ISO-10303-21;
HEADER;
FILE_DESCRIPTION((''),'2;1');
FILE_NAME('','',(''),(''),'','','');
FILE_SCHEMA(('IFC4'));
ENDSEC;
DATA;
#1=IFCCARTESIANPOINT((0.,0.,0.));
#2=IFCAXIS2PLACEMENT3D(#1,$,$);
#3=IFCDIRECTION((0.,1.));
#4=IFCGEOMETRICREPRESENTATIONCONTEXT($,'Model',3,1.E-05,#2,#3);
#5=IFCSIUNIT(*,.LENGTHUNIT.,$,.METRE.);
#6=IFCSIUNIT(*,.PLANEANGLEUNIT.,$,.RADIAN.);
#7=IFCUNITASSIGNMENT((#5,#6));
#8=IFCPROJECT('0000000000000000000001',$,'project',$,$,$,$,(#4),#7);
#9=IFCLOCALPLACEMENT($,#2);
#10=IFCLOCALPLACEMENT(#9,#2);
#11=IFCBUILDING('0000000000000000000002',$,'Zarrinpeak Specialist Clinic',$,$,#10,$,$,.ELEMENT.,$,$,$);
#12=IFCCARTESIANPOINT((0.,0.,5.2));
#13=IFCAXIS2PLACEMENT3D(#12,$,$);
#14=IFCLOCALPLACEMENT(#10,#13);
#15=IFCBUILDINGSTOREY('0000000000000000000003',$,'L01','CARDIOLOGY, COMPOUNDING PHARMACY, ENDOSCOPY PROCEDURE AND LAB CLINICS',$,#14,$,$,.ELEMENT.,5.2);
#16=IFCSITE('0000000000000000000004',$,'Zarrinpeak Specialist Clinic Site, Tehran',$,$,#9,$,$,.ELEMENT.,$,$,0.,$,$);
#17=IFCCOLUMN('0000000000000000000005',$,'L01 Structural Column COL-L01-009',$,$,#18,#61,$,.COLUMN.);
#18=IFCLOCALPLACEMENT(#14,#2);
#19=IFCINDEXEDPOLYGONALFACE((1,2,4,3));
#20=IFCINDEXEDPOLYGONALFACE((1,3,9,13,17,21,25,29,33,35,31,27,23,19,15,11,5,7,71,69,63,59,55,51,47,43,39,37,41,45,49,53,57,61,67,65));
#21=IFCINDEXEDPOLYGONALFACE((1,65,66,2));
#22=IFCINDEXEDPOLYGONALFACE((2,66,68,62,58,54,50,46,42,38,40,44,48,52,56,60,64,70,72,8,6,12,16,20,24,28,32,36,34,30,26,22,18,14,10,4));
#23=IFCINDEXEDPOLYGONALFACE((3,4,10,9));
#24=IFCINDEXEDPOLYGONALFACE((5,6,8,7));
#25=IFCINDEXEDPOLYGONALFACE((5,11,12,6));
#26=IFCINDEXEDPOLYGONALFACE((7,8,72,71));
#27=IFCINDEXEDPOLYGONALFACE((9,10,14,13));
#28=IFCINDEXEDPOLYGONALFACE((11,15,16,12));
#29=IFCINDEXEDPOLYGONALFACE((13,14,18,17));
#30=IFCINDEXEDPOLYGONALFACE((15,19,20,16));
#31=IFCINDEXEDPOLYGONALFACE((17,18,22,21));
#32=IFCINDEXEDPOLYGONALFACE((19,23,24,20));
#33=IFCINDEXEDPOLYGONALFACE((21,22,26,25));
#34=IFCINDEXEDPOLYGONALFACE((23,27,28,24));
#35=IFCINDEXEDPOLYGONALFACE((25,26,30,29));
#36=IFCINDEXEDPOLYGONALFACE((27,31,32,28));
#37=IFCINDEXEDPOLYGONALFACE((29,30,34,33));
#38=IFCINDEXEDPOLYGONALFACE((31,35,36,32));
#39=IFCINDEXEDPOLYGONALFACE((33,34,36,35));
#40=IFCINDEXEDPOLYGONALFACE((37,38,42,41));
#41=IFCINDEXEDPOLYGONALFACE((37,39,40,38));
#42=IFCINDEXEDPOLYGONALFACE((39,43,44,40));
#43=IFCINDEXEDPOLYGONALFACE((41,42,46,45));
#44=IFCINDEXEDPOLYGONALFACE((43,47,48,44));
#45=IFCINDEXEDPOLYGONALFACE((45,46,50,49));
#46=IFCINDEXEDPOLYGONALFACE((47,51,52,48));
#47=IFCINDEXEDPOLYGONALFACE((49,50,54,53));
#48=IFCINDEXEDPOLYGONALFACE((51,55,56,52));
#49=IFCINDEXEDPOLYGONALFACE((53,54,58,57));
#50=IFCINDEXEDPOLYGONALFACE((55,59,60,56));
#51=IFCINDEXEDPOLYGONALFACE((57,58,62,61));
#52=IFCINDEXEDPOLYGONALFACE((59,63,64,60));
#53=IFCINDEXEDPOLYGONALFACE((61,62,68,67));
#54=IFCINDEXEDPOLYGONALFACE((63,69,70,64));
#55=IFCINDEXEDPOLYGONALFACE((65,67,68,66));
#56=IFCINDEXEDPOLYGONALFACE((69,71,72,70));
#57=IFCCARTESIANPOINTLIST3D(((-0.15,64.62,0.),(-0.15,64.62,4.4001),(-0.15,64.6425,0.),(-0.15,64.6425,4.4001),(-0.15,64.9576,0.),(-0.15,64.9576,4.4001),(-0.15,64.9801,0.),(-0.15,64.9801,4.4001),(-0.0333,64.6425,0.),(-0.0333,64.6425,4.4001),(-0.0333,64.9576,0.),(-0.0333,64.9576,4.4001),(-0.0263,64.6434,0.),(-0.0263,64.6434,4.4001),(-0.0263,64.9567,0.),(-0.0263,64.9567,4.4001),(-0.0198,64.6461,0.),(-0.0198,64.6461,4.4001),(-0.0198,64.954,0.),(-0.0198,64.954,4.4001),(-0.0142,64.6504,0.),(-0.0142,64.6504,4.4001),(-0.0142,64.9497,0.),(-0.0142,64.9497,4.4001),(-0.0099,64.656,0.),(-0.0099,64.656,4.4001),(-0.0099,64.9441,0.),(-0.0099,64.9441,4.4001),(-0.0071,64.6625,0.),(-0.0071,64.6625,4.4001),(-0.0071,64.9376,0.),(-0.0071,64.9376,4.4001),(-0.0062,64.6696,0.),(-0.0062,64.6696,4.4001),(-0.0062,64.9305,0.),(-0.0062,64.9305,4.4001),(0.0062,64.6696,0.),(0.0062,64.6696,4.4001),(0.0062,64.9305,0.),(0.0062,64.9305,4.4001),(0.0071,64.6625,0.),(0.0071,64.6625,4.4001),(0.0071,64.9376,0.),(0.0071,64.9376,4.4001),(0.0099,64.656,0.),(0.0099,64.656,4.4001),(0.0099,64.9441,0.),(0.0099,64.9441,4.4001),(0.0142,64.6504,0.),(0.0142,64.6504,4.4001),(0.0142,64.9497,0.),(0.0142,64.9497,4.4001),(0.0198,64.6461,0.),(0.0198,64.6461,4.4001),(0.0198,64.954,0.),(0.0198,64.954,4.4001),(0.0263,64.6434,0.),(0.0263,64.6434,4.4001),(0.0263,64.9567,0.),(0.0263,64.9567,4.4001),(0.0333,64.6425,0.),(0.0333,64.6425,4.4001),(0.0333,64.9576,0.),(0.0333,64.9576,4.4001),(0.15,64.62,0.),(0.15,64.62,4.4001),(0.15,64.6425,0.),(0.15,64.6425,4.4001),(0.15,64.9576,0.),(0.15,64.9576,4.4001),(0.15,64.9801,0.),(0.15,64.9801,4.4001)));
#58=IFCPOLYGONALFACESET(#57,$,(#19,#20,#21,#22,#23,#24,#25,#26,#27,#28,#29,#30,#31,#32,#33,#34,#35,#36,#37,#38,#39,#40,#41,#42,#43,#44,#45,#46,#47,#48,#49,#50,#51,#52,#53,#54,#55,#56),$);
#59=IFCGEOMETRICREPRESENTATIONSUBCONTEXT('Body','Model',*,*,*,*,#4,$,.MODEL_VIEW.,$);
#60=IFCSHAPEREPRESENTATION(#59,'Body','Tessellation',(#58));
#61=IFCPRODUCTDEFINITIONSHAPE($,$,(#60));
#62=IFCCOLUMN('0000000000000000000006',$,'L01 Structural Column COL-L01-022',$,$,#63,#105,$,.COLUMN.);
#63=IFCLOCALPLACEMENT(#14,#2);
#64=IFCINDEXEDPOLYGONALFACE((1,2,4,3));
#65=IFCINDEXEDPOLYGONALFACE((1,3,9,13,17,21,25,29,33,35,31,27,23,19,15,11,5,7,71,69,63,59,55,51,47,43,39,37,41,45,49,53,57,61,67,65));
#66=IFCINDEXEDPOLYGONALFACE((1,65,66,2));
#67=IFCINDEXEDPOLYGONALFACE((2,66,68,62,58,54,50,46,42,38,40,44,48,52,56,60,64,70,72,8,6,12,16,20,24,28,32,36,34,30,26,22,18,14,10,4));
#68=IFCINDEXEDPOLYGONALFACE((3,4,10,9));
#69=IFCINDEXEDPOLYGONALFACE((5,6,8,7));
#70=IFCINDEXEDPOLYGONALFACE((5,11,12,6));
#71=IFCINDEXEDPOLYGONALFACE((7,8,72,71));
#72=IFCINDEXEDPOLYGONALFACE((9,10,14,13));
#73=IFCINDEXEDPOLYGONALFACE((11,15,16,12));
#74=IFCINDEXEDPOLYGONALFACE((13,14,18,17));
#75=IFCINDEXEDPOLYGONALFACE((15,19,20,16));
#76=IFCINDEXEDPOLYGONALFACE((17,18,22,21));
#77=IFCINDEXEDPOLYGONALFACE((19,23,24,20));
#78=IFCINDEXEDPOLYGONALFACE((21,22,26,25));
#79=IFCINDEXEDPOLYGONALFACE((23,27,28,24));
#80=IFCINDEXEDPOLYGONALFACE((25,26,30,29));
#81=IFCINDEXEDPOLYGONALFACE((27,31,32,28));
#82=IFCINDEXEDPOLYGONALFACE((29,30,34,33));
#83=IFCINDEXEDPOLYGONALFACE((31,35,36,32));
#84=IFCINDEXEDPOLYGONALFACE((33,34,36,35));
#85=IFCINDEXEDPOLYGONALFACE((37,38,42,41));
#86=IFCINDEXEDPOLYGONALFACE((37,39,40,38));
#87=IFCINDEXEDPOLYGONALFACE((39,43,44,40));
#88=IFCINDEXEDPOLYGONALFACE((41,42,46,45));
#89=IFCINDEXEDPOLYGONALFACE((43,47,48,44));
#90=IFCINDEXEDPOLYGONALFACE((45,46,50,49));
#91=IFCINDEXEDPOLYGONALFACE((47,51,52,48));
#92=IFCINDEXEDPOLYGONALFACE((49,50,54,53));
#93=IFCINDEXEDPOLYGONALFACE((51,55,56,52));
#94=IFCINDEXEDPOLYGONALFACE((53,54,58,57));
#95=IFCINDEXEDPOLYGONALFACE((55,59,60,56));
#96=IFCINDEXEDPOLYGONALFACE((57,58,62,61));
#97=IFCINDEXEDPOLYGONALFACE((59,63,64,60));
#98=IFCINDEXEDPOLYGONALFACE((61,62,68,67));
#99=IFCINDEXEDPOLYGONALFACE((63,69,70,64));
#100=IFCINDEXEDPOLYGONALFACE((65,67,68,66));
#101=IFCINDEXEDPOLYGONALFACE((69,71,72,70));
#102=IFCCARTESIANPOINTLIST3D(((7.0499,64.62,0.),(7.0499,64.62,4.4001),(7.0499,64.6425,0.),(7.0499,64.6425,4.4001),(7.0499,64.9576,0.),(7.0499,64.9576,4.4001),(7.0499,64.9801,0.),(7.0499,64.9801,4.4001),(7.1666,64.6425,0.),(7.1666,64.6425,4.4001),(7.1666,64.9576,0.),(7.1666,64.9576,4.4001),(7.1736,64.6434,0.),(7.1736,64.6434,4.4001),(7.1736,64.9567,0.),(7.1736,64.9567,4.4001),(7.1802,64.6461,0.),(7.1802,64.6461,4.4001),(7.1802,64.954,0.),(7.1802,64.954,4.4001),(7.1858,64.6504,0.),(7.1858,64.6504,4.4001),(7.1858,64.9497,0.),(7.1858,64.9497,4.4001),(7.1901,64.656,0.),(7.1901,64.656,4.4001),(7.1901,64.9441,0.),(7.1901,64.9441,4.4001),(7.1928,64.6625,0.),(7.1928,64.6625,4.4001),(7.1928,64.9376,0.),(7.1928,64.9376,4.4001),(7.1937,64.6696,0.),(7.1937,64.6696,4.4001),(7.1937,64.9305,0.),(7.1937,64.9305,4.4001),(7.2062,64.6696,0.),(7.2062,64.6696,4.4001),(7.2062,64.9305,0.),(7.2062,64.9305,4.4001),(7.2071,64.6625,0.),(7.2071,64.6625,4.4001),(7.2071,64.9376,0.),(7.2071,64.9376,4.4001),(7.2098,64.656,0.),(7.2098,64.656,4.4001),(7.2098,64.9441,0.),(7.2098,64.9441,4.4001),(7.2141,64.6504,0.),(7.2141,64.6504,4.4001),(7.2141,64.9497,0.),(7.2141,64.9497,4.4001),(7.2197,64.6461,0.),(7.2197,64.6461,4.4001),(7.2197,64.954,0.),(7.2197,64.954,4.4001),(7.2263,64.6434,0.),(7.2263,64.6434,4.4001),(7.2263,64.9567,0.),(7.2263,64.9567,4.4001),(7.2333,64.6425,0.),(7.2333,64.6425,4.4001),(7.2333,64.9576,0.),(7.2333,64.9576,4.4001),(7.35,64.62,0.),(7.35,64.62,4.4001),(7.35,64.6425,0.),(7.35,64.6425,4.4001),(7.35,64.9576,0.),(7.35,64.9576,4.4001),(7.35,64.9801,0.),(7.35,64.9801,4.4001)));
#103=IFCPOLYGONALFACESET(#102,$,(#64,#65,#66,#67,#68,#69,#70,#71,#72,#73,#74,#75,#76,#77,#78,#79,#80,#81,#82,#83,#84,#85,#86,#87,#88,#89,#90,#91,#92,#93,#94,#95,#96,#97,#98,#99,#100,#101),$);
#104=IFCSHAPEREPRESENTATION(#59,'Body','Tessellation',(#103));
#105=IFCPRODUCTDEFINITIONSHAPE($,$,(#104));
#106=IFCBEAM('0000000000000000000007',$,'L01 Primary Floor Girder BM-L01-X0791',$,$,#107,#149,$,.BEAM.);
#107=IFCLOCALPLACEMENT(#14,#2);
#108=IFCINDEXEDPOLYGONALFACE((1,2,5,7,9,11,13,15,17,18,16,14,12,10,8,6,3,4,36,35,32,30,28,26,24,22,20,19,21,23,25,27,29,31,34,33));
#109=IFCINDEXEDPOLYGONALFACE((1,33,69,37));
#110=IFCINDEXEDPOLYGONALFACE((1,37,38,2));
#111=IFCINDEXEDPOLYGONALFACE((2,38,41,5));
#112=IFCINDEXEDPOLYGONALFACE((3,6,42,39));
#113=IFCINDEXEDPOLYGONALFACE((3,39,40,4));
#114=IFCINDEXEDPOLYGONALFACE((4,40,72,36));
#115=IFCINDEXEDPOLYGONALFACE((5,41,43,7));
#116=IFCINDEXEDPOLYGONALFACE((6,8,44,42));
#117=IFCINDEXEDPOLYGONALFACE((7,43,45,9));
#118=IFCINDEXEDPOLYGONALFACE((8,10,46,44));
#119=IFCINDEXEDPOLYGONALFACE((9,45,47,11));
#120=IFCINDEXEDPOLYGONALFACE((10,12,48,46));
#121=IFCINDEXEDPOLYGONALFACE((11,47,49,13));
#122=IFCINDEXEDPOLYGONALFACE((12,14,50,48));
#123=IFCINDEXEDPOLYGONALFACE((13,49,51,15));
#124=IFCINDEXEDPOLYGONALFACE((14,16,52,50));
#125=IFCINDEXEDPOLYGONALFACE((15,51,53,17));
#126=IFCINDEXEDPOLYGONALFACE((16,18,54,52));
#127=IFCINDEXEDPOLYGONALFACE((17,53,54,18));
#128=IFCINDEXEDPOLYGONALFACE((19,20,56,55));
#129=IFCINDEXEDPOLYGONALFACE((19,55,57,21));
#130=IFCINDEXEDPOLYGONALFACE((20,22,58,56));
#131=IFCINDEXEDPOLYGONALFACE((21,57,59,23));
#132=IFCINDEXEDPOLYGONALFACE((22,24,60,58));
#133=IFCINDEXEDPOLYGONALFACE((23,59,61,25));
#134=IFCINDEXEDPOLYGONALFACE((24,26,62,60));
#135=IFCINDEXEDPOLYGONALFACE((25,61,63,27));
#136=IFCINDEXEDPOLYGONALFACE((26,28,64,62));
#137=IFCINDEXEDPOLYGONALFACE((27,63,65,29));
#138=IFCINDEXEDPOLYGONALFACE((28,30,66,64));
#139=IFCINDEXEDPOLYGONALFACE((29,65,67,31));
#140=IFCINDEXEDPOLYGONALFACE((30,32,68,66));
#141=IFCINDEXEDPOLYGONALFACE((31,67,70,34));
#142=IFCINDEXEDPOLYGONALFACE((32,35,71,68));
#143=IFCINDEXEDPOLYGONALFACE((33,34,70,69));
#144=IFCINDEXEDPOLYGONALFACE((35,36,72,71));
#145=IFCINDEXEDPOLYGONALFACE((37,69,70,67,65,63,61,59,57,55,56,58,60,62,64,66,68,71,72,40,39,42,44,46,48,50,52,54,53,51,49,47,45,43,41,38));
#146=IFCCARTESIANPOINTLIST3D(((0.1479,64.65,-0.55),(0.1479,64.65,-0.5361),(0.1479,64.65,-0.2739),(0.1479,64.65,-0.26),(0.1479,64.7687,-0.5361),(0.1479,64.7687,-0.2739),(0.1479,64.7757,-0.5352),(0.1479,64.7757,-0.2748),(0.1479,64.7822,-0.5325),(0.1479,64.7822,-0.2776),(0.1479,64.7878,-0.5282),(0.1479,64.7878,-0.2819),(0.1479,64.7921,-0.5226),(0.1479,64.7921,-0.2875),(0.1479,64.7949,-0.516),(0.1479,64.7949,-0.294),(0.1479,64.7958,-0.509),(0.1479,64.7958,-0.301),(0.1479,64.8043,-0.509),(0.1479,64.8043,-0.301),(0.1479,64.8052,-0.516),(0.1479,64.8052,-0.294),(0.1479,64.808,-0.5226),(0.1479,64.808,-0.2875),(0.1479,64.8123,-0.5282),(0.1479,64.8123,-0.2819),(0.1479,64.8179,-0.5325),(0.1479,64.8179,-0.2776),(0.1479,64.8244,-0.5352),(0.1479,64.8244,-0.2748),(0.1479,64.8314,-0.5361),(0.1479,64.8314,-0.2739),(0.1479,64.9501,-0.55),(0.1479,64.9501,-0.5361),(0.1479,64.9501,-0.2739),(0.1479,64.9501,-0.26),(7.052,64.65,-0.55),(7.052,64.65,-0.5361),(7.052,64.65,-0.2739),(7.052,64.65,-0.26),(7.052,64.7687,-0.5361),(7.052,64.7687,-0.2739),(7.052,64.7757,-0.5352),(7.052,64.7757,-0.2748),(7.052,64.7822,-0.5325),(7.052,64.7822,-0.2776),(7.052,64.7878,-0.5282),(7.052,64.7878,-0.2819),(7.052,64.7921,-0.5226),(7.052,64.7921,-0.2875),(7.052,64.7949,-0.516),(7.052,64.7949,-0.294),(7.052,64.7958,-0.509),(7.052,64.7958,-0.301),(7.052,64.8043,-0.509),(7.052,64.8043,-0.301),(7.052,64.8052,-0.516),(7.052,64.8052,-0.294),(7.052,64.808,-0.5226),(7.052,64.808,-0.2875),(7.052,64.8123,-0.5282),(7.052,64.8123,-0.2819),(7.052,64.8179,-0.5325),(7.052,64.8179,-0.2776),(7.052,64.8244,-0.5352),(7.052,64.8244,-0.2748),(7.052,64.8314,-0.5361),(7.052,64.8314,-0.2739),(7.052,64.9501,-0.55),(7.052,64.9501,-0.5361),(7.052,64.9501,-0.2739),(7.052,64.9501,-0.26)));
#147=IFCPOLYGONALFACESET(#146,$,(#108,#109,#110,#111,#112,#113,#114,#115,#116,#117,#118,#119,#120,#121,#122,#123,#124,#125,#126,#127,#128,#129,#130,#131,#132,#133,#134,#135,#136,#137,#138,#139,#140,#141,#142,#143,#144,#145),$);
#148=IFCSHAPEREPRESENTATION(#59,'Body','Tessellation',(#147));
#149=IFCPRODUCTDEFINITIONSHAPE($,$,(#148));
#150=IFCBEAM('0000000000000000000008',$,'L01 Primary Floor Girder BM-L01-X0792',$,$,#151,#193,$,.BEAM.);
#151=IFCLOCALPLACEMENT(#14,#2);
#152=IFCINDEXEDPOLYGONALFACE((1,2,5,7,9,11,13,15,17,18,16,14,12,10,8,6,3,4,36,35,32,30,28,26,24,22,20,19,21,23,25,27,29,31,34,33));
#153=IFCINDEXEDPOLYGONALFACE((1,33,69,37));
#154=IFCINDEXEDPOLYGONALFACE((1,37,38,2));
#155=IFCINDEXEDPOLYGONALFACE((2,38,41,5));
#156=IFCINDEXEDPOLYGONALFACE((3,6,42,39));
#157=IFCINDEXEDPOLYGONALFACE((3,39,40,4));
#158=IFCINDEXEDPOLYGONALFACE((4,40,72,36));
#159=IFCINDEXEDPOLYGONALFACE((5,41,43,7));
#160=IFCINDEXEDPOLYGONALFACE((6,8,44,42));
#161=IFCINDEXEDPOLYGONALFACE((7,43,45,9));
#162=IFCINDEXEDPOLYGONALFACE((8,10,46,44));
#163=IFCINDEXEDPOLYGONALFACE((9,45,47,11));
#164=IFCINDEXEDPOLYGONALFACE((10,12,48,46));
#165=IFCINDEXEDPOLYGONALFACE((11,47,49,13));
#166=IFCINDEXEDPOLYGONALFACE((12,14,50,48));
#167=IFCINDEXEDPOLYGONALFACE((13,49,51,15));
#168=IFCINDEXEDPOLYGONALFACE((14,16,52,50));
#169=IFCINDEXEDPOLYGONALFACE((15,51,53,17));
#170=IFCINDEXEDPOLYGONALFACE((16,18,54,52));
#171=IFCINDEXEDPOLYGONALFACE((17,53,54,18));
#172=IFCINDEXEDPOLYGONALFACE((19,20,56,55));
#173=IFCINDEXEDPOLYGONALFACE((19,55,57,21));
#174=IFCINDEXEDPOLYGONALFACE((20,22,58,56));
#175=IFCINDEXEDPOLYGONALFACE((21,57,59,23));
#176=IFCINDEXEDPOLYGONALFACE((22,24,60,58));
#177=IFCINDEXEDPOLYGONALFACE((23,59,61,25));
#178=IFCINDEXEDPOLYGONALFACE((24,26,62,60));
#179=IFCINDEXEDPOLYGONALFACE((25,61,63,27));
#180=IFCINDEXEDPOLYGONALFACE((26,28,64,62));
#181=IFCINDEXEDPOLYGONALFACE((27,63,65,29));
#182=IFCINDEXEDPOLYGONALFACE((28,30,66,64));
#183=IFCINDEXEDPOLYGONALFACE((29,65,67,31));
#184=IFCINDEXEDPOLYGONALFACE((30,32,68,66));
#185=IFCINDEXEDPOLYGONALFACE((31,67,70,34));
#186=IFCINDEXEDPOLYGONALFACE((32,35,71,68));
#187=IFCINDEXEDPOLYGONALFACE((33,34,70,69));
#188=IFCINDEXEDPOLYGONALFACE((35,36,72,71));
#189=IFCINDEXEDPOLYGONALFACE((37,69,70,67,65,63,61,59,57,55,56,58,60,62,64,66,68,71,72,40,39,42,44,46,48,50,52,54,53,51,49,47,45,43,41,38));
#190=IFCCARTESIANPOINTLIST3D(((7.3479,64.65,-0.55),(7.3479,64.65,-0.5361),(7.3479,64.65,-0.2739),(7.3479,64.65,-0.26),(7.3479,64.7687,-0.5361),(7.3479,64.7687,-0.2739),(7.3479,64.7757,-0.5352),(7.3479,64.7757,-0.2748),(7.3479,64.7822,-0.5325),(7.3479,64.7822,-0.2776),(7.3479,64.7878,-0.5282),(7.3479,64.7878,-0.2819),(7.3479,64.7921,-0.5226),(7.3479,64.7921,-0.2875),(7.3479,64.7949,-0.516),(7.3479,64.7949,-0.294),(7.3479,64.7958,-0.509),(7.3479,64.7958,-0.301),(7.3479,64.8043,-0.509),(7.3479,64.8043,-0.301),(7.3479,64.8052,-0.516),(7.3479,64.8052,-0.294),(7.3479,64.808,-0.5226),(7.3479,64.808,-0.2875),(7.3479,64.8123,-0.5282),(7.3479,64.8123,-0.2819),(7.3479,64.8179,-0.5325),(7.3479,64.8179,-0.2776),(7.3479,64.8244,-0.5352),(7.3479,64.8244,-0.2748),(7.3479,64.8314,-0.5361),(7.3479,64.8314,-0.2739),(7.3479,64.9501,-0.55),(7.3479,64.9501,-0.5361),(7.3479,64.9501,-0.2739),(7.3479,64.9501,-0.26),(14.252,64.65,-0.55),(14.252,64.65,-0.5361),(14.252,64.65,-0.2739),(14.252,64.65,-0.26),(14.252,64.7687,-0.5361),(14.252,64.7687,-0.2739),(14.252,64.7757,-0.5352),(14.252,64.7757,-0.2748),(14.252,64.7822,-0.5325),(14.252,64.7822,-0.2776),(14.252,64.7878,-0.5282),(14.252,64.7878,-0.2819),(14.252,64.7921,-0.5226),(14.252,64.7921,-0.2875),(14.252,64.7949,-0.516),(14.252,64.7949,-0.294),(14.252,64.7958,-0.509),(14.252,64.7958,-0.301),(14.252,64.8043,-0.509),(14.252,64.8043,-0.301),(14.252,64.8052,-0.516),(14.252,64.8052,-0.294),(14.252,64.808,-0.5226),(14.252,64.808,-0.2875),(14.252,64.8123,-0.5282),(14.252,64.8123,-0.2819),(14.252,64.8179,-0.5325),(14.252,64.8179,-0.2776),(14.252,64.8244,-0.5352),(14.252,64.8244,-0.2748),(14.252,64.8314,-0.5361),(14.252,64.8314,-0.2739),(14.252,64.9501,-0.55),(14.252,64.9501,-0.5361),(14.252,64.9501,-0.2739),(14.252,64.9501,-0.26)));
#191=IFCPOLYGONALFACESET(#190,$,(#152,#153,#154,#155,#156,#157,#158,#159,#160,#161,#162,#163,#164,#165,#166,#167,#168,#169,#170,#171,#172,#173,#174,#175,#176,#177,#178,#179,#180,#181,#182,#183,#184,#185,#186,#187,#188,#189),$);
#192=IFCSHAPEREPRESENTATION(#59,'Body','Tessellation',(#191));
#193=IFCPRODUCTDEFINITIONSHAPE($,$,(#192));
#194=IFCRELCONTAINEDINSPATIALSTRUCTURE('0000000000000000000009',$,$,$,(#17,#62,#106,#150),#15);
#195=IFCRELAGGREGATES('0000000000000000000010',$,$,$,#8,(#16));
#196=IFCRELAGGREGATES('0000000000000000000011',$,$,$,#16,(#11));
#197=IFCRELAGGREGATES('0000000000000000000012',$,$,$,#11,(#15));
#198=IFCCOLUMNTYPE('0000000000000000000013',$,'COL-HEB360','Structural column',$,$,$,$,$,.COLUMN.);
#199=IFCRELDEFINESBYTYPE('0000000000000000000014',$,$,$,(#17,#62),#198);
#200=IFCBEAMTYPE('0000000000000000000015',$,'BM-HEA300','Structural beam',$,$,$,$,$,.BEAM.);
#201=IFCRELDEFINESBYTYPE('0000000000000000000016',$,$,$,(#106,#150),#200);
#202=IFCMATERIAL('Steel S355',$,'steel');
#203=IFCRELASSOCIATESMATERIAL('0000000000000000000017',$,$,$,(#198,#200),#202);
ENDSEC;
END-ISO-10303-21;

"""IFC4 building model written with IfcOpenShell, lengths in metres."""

from ifc_helpers import new_model, si_unit, direction, frame, origin, origin_2d, place, context, subcontext, project, spatial, i_section, extrude, material, material_profile, profile_set, type_object, element, save


model = new_model("IFC4")

# Units and contexts
model_context = context("Model", 3, precision=1e-05, world=origin(), true_north=direction((0.0, 1.0)))
body_context = subcontext(model_context, "Body", "Model", "MODEL_VIEW")
ifc_project = project(units=[si_unit("LENGTHUNIT", "METRE"), si_unit("PLANEANGLEUNIT", "RADIAN")], contexts=[model_context])

# Site, building, storey
site_placement = place(None, origin())
site = spatial("IfcSite", under=ifc_project, at=site_placement, Name="Zarrinpeak Specialist Clinic Site, Tehran", CompositionType="ELEMENT", RefElevation=0.0)
building_placement = place(site_placement, origin())
building = spatial("IfcBuilding", under=site, at=building_placement, Name="Zarrinpeak Specialist Clinic", CompositionType="ELEMENT")
storey_placement = place(building_placement, frame((0.0, 0.0, 5.2)))
storey = spatial("IfcBuildingStorey", under=building, at=storey_placement, Name="L01", Description="CARDIOLOGY, COMPOUNDING PHARMACY, ENDOSCOPY PROCEDURE AND LAB CLINICS", CompositionType="ELEMENT", Elevation=5.2)

# Columns
ifc_material_1 = material(Name="Steel S355", Category="steel")
ifc_material_profile_1 = material_profile(ifc_material_1, i_section(OverallWidth=0.3, OverallDepth=0.3601, WebThickness=0.0125, FlangeThickness=0.0225, FilletRadius=0.0271, at=origin_2d()), Name="HEB 360")
ifc_profile_set_1 = profile_set([ifc_material_profile_1], Name="Steel S355")
column_type = type_object("IfcColumnType", Name="COL-HEB360", Description="Structural column", PredefinedType="COLUMN", material=ifc_profile_set_1)
for number, where, z_axis, x_axis, name in (
    (1, (0.0, 64.8, 0.0), (0.0, 0.0, 1.0), (1.0, 0.0, 0.0), "L01 Structural Column COL-L01-009"),
    (2, (7.2, 64.8, 0.0), (0.0, 0.0, 1.0), (1.0, 0.0, 0.0), "L01 Structural Column COL-L01-022"),
):
    element("IfcColumn", number, at=place(storey_placement, frame(where, z_axis=z_axis, x_axis=x_axis)), inside=storey, type_object=column_type, Name=name, PredefinedType="COLUMN", context=body_context, shape_type="SweptSolid", body=[
        extrude(i_section(OverallWidth=0.3, OverallDepth=0.3601, WebThickness=0.0125, FlangeThickness=0.0225, FilletRadius=0.0271, at=origin_2d()), origin(), (0.0, 0.0, 1.0), 4.4001),
    ])

# Beams
ifc_material_profile_2 = material_profile(ifc_material_1, i_section(OverallWidth=0.3, OverallDepth=0.29, WebThickness=0.0085, FlangeThickness=0.0139, FilletRadius=0.0271, at=origin_2d()), Name="HEA 300")
ifc_profile_set_2 = profile_set([ifc_material_profile_2], Name="Steel S355")
beam_type_1 = type_object("IfcBeamType", Name="BM-HEA300", Description="Structural beam", PredefinedType="BEAM", material=ifc_profile_set_2)
for number, where, z_axis, x_axis, name in (
    (3, (0.1479, 64.8, -0.405), (1.0, 0.0, 0.0), (0.0, 1.0, 0.0), "L01 Primary Floor Girder BM-L01-X0791"),
    (4, (7.3479, 64.8, -0.405), (1.0, 0.0, 0.0), (0.0, 1.0, 0.0), "L01 Primary Floor Girder BM-L01-X0792"),
):
    element("IfcBeam", number, at=place(storey_placement, frame(where, z_axis=z_axis, x_axis=x_axis)), inside=storey, type_object=beam_type_1, Name=name, PredefinedType="BEAM", context=body_context, shape_type="SweptSolid", body=[
        extrude(i_section(OverallWidth=0.3, OverallDepth=0.29, WebThickness=0.0085, FlangeThickness=0.0139, FilletRadius=0.0271, at=origin_2d()), origin(), (0.0, 0.0, 1.0), 6.9041),
    ])

save(model, "model.ifc")
